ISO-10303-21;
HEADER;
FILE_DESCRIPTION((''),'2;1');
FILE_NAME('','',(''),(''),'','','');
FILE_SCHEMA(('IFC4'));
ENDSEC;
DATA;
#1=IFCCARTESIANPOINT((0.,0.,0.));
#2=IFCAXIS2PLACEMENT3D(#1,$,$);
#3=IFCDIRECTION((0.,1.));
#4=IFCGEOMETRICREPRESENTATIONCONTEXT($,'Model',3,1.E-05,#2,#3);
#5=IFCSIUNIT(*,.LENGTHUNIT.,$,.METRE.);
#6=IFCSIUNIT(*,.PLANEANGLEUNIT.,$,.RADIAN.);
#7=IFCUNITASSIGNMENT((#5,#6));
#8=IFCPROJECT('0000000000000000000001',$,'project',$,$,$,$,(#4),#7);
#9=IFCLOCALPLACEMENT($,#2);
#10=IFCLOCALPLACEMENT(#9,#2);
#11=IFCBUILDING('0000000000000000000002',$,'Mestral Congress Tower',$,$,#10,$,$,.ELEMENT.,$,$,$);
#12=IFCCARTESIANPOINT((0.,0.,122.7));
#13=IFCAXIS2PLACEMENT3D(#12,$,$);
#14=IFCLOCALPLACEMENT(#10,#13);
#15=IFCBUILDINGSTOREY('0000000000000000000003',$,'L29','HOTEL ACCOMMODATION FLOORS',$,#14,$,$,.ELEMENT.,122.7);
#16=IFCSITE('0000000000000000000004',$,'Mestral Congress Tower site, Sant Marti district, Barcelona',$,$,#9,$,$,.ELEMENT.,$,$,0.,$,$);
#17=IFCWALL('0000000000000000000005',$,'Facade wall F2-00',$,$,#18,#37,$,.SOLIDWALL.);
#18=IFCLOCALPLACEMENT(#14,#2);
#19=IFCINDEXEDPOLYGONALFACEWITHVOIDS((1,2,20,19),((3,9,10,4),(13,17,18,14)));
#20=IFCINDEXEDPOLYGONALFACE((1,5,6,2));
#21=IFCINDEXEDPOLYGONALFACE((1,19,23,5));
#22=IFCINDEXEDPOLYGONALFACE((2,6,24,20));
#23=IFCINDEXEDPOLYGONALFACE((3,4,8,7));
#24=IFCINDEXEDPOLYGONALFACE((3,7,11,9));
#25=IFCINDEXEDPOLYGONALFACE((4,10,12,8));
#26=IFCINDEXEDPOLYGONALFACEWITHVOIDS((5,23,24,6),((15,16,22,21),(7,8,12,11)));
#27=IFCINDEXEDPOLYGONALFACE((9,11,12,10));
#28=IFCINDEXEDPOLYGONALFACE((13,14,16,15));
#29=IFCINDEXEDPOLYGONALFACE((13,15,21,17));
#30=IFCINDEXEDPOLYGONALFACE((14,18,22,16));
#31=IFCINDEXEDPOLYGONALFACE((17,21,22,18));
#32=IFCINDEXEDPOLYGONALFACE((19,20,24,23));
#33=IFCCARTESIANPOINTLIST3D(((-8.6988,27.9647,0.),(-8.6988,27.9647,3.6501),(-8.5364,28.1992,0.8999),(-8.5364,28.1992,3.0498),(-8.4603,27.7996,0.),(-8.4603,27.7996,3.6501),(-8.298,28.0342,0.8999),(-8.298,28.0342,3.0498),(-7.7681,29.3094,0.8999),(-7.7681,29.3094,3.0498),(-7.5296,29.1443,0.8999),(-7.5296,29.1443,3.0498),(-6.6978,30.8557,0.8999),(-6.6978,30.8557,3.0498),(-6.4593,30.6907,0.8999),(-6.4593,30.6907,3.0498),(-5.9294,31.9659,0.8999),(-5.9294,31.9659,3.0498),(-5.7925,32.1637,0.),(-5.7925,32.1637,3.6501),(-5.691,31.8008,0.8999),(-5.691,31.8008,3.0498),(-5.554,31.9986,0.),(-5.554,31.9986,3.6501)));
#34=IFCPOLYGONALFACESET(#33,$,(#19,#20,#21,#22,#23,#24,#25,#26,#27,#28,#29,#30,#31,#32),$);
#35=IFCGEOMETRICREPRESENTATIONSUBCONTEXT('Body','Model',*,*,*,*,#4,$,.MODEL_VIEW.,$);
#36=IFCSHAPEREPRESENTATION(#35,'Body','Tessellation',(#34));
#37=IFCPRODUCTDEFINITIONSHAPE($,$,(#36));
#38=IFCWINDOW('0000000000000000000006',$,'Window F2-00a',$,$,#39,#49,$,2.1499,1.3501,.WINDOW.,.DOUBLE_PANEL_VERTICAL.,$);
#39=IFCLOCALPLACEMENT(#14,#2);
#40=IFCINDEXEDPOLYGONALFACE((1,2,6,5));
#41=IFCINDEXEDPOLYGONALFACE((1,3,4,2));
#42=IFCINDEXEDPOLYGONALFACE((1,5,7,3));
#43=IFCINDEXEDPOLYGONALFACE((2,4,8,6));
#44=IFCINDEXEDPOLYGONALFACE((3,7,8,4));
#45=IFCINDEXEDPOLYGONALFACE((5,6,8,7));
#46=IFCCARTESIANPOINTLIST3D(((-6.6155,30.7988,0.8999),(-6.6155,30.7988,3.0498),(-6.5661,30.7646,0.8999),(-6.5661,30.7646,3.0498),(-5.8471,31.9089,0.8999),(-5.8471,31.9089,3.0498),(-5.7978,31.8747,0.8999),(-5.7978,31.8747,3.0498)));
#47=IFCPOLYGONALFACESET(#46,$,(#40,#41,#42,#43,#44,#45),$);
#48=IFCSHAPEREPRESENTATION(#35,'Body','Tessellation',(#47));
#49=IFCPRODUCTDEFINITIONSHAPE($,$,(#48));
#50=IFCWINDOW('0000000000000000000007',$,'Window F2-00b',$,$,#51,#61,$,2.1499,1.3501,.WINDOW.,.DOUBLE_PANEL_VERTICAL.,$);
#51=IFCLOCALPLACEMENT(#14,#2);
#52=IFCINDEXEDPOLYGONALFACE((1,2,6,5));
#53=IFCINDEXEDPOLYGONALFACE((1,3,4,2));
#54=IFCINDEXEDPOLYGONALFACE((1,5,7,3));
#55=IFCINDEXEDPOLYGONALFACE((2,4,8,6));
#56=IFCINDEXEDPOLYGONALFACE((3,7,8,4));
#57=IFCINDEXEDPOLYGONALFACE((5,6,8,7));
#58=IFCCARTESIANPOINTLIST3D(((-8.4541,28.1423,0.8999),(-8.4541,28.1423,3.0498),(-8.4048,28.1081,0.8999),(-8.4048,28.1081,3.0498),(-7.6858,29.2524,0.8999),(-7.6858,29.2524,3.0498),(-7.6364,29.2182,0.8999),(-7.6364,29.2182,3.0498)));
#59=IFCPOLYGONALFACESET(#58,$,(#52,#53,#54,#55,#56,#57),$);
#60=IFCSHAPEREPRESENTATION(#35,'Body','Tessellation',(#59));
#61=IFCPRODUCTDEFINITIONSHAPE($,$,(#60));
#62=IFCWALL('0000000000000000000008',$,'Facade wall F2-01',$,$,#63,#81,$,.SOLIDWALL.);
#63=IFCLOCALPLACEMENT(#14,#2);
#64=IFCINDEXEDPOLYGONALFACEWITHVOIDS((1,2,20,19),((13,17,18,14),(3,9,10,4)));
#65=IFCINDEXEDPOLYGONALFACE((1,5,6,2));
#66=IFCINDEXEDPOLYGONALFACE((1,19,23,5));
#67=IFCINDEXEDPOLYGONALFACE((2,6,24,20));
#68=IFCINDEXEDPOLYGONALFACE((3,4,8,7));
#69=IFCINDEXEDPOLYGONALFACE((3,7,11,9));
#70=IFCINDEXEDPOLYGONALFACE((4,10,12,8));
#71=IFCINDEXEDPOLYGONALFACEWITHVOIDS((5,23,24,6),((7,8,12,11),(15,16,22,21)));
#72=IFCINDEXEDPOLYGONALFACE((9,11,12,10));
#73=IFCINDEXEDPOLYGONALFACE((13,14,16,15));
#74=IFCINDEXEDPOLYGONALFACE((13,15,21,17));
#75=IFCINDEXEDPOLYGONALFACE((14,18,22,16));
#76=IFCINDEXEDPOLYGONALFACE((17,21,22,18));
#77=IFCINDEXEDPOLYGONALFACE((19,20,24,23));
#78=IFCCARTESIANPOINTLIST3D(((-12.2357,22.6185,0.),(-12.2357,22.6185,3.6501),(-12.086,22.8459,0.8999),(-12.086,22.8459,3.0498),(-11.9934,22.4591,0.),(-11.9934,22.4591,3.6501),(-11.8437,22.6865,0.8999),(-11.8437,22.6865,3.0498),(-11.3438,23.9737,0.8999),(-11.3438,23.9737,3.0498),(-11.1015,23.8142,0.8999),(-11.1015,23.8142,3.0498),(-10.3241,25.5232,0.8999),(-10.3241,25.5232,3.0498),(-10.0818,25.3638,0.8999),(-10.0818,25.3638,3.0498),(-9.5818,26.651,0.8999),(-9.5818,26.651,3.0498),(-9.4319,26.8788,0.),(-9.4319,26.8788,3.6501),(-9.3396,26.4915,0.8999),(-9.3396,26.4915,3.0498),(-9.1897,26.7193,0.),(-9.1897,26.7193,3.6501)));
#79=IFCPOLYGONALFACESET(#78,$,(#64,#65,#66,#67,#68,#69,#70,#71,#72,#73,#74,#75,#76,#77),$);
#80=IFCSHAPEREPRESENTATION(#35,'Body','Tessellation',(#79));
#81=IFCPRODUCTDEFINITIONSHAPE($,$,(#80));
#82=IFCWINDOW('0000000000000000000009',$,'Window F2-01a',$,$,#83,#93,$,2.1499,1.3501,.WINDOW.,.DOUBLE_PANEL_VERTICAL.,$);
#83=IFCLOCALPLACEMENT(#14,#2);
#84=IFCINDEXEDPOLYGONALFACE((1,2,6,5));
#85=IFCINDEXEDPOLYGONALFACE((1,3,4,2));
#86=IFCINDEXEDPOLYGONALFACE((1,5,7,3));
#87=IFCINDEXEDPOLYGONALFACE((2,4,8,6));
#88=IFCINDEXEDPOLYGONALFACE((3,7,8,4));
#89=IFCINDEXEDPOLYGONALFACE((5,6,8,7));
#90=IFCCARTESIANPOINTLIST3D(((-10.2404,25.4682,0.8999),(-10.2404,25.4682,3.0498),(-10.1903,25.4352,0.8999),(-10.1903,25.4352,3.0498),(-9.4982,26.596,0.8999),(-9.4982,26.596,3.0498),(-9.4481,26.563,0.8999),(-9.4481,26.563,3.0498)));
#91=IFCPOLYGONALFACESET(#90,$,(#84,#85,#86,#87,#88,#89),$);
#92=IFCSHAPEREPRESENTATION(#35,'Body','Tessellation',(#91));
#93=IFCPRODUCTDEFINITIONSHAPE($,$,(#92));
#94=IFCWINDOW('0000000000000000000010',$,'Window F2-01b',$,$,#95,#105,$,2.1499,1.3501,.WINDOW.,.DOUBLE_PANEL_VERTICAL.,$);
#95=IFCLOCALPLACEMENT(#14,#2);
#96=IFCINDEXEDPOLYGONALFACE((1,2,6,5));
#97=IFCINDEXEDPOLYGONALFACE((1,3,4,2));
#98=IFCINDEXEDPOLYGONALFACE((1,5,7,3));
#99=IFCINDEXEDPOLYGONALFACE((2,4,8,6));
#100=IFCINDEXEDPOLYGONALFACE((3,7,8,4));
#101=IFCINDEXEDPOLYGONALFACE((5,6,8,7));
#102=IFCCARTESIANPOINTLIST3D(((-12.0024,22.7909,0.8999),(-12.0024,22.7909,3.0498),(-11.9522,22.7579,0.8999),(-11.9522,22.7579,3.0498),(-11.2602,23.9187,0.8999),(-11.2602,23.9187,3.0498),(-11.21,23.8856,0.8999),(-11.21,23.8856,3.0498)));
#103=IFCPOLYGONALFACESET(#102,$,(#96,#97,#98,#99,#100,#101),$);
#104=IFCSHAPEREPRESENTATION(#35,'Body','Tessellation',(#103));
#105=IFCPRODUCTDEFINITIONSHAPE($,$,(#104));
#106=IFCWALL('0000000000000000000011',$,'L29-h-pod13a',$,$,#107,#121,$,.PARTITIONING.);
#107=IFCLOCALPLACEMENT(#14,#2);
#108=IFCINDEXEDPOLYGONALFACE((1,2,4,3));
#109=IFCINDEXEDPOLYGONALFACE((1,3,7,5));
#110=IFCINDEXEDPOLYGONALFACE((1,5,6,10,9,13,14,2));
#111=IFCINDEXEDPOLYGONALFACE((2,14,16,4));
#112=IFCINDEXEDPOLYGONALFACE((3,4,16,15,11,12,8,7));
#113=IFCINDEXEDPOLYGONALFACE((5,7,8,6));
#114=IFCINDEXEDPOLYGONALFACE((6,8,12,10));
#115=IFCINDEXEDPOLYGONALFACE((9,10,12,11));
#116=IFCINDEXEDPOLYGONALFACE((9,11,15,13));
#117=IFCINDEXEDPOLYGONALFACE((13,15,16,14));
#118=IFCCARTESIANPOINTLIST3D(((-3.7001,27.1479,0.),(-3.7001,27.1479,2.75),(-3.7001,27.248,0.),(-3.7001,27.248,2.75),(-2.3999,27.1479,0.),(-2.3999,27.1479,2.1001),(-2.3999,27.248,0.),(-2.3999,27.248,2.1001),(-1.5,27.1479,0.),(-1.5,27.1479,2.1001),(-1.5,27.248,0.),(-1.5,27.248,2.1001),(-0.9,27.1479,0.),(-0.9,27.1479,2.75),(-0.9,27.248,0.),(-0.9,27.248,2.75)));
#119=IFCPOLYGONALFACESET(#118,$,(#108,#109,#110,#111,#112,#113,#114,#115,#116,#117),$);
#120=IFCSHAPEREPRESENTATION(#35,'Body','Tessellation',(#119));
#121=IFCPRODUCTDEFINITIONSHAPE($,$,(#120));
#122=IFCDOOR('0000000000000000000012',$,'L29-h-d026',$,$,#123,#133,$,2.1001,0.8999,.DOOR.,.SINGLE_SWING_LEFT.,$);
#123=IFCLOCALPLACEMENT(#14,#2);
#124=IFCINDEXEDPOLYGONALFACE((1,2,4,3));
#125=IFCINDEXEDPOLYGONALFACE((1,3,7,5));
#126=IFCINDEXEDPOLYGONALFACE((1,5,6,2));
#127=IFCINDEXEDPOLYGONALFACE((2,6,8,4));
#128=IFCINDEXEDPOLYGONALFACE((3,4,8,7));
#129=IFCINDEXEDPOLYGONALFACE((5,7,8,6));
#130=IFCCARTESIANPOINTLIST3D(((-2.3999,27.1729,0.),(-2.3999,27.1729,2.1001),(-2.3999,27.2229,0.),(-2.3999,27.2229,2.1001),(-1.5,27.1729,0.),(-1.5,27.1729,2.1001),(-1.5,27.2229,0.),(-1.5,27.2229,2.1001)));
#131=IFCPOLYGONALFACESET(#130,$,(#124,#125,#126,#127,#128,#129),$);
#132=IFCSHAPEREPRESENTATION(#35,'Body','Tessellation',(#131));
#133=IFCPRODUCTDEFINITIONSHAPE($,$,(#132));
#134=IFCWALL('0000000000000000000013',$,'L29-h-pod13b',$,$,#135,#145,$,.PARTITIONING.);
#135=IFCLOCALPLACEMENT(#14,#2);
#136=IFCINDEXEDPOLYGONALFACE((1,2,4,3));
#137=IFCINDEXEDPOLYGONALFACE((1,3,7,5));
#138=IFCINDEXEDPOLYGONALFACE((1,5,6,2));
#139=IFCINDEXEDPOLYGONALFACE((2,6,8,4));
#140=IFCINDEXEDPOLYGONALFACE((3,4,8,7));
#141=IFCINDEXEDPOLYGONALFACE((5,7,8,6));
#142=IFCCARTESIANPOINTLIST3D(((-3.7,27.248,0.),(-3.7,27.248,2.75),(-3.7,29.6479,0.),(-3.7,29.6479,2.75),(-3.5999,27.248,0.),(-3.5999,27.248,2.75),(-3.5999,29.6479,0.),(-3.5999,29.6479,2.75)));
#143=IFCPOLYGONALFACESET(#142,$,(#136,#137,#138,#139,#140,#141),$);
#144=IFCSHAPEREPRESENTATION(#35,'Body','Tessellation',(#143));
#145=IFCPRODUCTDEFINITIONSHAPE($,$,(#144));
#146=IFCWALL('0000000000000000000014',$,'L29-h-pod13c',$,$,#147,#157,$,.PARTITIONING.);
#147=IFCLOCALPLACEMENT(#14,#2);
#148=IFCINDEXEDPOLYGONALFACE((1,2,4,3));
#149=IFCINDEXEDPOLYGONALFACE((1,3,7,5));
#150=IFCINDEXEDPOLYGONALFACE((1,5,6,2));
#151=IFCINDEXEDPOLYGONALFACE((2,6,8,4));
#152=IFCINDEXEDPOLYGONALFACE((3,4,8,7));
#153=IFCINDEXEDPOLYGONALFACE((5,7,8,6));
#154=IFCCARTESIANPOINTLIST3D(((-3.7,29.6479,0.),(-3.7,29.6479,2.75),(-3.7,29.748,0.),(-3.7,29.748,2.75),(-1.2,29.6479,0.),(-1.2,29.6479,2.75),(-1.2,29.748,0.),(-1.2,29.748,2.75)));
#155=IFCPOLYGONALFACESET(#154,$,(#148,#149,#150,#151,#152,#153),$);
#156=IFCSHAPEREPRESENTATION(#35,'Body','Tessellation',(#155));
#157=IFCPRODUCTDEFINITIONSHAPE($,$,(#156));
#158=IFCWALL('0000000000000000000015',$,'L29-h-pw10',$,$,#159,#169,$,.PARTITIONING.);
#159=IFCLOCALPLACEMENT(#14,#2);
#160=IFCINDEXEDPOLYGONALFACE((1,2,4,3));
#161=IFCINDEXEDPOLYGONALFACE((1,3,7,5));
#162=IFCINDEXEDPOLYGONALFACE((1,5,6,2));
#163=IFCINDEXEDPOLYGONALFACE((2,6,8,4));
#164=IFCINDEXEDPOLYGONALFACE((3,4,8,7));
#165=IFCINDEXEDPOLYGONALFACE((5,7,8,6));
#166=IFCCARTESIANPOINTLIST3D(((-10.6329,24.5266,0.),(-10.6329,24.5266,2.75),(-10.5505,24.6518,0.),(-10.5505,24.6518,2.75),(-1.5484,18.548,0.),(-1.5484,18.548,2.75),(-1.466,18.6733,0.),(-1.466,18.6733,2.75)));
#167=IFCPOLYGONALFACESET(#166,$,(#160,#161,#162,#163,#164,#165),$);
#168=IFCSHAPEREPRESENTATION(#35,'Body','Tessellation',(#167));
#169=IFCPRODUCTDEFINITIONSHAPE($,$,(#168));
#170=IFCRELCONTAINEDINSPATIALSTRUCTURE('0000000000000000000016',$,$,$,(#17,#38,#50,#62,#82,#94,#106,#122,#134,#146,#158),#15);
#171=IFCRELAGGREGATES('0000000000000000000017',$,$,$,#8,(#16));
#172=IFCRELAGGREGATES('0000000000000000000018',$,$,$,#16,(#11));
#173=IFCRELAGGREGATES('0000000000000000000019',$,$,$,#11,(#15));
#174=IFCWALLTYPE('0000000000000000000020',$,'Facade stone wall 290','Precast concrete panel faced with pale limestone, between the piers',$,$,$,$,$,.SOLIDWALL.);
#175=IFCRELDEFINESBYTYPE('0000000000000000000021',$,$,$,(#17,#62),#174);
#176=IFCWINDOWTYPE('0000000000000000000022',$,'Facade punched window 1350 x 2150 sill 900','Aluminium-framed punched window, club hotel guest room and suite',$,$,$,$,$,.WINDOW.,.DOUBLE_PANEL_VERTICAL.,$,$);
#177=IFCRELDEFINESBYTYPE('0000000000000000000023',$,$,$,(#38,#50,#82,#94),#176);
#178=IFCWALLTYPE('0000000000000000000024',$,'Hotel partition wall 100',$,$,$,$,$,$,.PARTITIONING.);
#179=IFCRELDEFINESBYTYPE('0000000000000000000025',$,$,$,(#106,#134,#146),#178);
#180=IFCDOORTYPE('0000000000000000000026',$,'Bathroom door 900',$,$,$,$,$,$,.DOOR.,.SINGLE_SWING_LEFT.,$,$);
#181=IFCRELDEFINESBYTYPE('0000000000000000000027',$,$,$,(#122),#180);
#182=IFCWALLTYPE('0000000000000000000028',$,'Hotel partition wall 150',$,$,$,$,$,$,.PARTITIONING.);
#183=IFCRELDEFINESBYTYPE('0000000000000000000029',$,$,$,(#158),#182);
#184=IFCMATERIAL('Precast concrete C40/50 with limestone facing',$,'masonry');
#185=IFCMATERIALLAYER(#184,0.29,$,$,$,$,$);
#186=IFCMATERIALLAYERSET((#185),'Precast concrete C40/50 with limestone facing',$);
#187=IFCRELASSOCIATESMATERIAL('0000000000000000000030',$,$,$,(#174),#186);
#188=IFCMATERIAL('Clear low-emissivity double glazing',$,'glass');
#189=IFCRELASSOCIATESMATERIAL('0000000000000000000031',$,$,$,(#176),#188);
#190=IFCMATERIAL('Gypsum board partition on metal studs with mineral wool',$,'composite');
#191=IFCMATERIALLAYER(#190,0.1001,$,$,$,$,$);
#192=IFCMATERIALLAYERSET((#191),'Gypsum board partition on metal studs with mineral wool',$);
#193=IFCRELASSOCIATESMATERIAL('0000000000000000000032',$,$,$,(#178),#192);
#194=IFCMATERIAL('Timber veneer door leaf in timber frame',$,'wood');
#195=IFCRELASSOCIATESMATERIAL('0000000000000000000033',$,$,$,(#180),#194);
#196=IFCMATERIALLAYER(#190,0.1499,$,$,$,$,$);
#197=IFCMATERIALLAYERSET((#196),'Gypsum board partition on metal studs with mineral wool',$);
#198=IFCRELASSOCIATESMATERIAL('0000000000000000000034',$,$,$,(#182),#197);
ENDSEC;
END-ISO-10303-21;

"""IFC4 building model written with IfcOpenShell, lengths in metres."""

from ifc_helpers import new_model, si_unit, direction, frame, frame_2d, origin, place, context, subcontext, project, spatial, rectangle, extrude, material, layer, layer_set, type_object, element, fill, save


model = new_model("IFC4")

# Units and contexts
model_context = context("Model", 3, precision=1e-05, world=origin(), true_north=direction((0.0, 1.0)))
body_context = subcontext(model_context, "Body", "Model", "MODEL_VIEW")
ifc_project = project(units=[si_unit("LENGTHUNIT", "METRE"), si_unit("PLANEANGLEUNIT", "RADIAN")], contexts=[model_context])

# Site, building, storey
site_placement = place(None, origin())
site = spatial("IfcSite", under=ifc_project, at=site_placement, Name="Mestral Congress Tower site, Sant Marti district, Barcelona", CompositionType="ELEMENT", RefElevation=0.0)
building_placement = place(site_placement, origin())
building = spatial("IfcBuilding", under=site, at=building_placement, Name="Mestral Congress Tower", CompositionType="ELEMENT")
storey_placement = place(building_placement, frame((0.0, 0.0, 122.7)))
storey = spatial("IfcBuildingStorey", under=building, at=storey_placement, Name="L29", Description="HOTEL ACCOMMODATION FLOORS", CompositionType="ELEMENT", Elevation=122.7)

# Shared definitions
ifc_material_1 = material(Name="Precast concrete C40/50 with limestone facing", Category="masonry")
ifc_layer_1 = layer(ifc_material_1, 0.29)
ifc_layer_set_1 = layer_set([ifc_layer_1], Name="Precast concrete C40/50 with limestone facing")
wall_type_1 = type_object("IfcWallType", Name="Facade stone wall 290", Description="Precast concrete panel faced with pale limestone, between the piers", PredefinedType="SOLIDWALL", material=ifc_layer_set_1)

# Shared definitions
ifc_material_2 = material(Name="Clear low-emissivity double glazing", Category="glass")

# Walls, openings, windows
wall_1_placement = place(storey_placement, frame((-5.6733, 32.0811, 0.0), z_axis=(0.0, 0.0, 1.0), x_axis=(-0.569113, -0.822259, 0.0)))
wall_1 = element("IfcWall", 1, at=wall_1_placement, inside=storey, type_object=wall_type_1, Name="Facade wall F2-00", PredefinedType="SOLIDWALL", context=body_context, shape_type="SweptSolid", body=[
    extrude(rectangle(XDim=5.1067, YDim=0.29, at=frame_2d((2.5532, 0.0))), origin(), (0.0, 0.0, 1.0), 3.6501),
])
opening_1_placement = place(wall_1_placement, frame((0.2405, 0.0, 0.8999)))
opening_1 = element("IfcOpeningElement", 2, at=opening_1_placement, cuts=wall_1, PredefinedType="OPENING", context=body_context, shape_type="SweptSolid", body=[
    extrude(rectangle(XDim=1.3501, YDim=2.1499, at=frame_2d((0.675, 1.075))), frame((0.0, 0.155, 0.0), z_axis=(0.0, -1.0, 0.0), x_axis=(1.0, 0.0, 0.0)), (0.0, 0.0, 1.0), 0.3101),
])
opening_2_placement = place(wall_1_placement, frame((3.4712, 0.0, 0.8999)))
opening_2 = element("IfcOpeningElement", 3, at=opening_2_placement, cuts=wall_1, PredefinedType="OPENING", context=body_context, shape_type="SweptSolid", body=[
    extrude(rectangle(XDim=1.3501, YDim=2.1499, at=frame_2d((0.675, 1.075))), frame((0.0, 0.155, 0.0), z_axis=(0.0, -1.0, 0.0), x_axis=(1.0, 0.0, 0.0)), (0.0, 0.0, 1.0), 0.3101),
])
window_type_1 = type_object("IfcWindowType", Name="Facade punched window 1350 x 2150 sill 900", Description="Aluminium-framed punched window, club hotel guest room and suite", PartitioningType="DOUBLE_PANEL_VERTICAL", PredefinedType="WINDOW", material=ifc_material_2)
window_1_placement = place(opening_1_placement, origin())
window_1 = element("IfcWindow", 4, at=window_1_placement, inside=storey, type_object=window_type_1, Name="Window F2-00a", OverallHeight=2.1499, OverallWidth=1.3501, PartitioningType="DOUBLE_PANEL_VERTICAL", PredefinedType="WINDOW", context=body_context, shape_type="SweptSolid", body=[
    extrude(rectangle(XDim=1.3501, YDim=2.1499, at=frame_2d((0.675, 1.075))), frame((0.0, 0.0151, 0.0), z_axis=(0.0, -1.0, 0.0), x_axis=(1.0, 0.0, 0.0)), (0.0, 0.0, 1.0), 0.0601),
])
fill(opening_1, window_1)
window_2_placement = place(opening_2_placement, origin())
window_2 = element("IfcWindow", 5, at=window_2_placement, inside=storey, type_object=window_type_1, Name="Window F2-00b", OverallHeight=2.1499, OverallWidth=1.3501, PartitioningType="DOUBLE_PANEL_VERTICAL", PredefinedType="WINDOW", context=body_context, shape_type="SweptSolid", body=[
    extrude(rectangle(XDim=1.3501, YDim=2.1499, at=frame_2d((0.675, 1.075))), frame((0.0, 0.0151, 0.0), z_axis=(0.0, -1.0, 0.0), x_axis=(1.0, 0.0, 0.0)), (0.0, 0.0, 1.0), 0.0601),
])
fill(opening_2, window_2)
wall_2_placement = place(storey_placement, frame((-9.3108, 26.7991, 0.0), z_axis=(0.0, 0.0, 1.0), x_axis=(-0.549741, -0.835335, 0.0)))
wall_2 = element("IfcWall", 6, at=wall_2_placement, inside=storey, type_object=wall_type_1, Name="Facade wall F2-01", PredefinedType="SOLIDWALL", context=body_context, shape_type="SweptSolid", body=[
    extrude(rectangle(XDim=5.1001, YDim=0.29, at=frame_2d((2.55, 0.0))), origin(), (0.0, 0.0, 1.0), 3.6501),
])
opening_3_placement = place(wall_2_placement, frame((0.2727, 0.0, 0.8999)))
opening_3 = element("IfcOpeningElement", 7, at=opening_3_placement, cuts=wall_2, PredefinedType="OPENING", context=body_context, shape_type="SweptSolid", body=[
    extrude(rectangle(XDim=1.3501, YDim=2.1499, at=frame_2d((0.675, 1.075))), frame((0.0, 0.155, 0.0), z_axis=(0.0, -1.0, 0.0), x_axis=(1.0, 0.0, 0.0)), (0.0, 0.0, 1.0), 0.3101),
])
opening_4_placement = place(wall_2_placement, frame((3.4778, 0.0, 0.8999)))
opening_4 = element("IfcOpeningElement", 8, at=opening_4_placement, cuts=wall_2, PredefinedType="OPENING", context=body_context, shape_type="SweptSolid", body=[
    extrude(rectangle(XDim=1.3501, YDim=2.1499, at=frame_2d((0.675, 1.075))), frame((0.0, 0.155, 0.0), z_axis=(0.0, -1.0, 0.0), x_axis=(1.0, 0.0, 0.0)), (0.0, 0.0, 1.0), 0.3101),
])
window_3_placement = place(opening_3_placement, origin())
window_3 = element("IfcWindow", 9, at=window_3_placement, inside=storey, type_object=window_type_1, Name="Window F2-01a", OverallHeight=2.1499, OverallWidth=1.3501, PartitioningType="DOUBLE_PANEL_VERTICAL", PredefinedType="WINDOW", context=body_context, shape_type="SweptSolid", body=[
    extrude(rectangle(XDim=1.3501, YDim=2.1499, at=frame_2d((0.675, 1.075))), frame((0.0, 0.0151, 0.0), z_axis=(0.0, -1.0, 0.0), x_axis=(1.0, 0.0, 0.0)), (0.0, 0.0, 1.0), 0.0601),
])
fill(opening_3, window_3)
window_4_placement = place(opening_4_placement, origin())
window_4 = element("IfcWindow", 10, at=window_4_placement, inside=storey, type_object=window_type_1, Name="Window F2-01b", OverallHeight=2.1499, OverallWidth=1.3501, PartitioningType="DOUBLE_PANEL_VERTICAL", PredefinedType="WINDOW", context=body_context, shape_type="SweptSolid", body=[
    extrude(rectangle(XDim=1.3501, YDim=2.1499, at=frame_2d((0.675, 1.075))), frame((0.0, 0.0151, 0.0), z_axis=(0.0, -1.0, 0.0), x_axis=(1.0, 0.0, 0.0)), (0.0, 0.0, 1.0), 0.0601),
])
fill(opening_4, window_4)

# Wall, opening, door
ifc_material_3 = material(Name="Gypsum board partition on metal studs with mineral wool", Category="composite")
ifc_layer_2 = layer(ifc_material_3, 0.1001)
ifc_layer_set_2 = layer_set([ifc_layer_2], Name="Gypsum board partition on metal studs with mineral wool")
wall_type_2 = type_object("IfcWallType", Name="Hotel partition wall 100", PredefinedType="PARTITIONING", material=ifc_layer_set_2)
wall_3_placement = place(storey_placement, frame((-3.7, 27.198, 0.0), z_axis=(0.0, 0.0, 1.0), x_axis=(1.0, 0.0, 0.0)))
wall_3 = element("IfcWall", 11, at=wall_3_placement, inside=storey, type_object=wall_type_2, Name="L29-h-pod13a", PredefinedType="PARTITIONING", context=body_context, shape_type="SweptSolid", body=[
    extrude(rectangle(XDim=2.8, YDim=0.1001, at=frame_2d((1.3999, 0.0))), origin(), (0.0, 0.0, 1.0), 2.75),
])
opening_5_placement = place(wall_3_placement, frame((1.3, 0.0, 0.0)))
opening_5 = element("IfcOpeningElement", 12, at=opening_5_placement, cuts=wall_3, PredefinedType="OPENING", context=body_context, shape_type="SweptSolid", body=[
    extrude(rectangle(XDim=0.8999, YDim=2.1001, at=frame_2d((0.45, 1.05))), frame((0.0, 0.0601, 0.0), z_axis=(0.0, -1.0, 0.0), x_axis=(1.0, 0.0, 0.0)), (0.0, 0.0, 1.0), 0.1201),
])
ifc_material_4 = material(Name="Timber veneer door leaf in timber frame", Category="wood")
door_type = type_object("IfcDoorType", Name="Bathroom door 900", OperationType="SINGLE_SWING_LEFT", PredefinedType="DOOR", material=ifc_material_4)
door_placement = place(opening_5_placement, origin())
door = element("IfcDoor", 13, at=door_placement, inside=storey, type_object=door_type, Name="L29-h-d026", OperationType="SINGLE_SWING_LEFT", OverallHeight=2.1001, OverallWidth=0.8999, PredefinedType="DOOR", context=body_context, shape_type="SweptSolid", body=[
    extrude(rectangle(XDim=0.8999, YDim=2.1001, at=frame_2d((0.45, 1.05))), frame((0.0, 0.0249, 0.0), z_axis=(0.0, -1.0, 0.0), x_axis=(1.0, 0.0, 0.0)), (0.0, 0.0, 1.0), 0.05),
])
fill(opening_5, door)

# Walls
wall_4_placement = place(storey_placement, frame((-3.6499, 27.248, 0.0), z_axis=(0.0, 0.0, 1.0), x_axis=(0.0, 1.0, 0.0)))
element("IfcWall", 14, at=wall_4_placement, inside=storey, type_object=wall_type_2, Name="L29-h-pod13b", PredefinedType="PARTITIONING", context=body_context, shape_type="SweptSolid", body=[
    extrude(rectangle(XDim=2.3999, YDim=0.1001, at=frame_2d((1.2, 0.0))), origin(), (0.0, 0.0, 1.0), 2.75),
])
wall_5_placement = place(storey_placement, frame((-1.2, 29.698, 0.0), z_axis=(0.0, 0.0, 1.0), x_axis=(-1.0, 0.0, 0.0)))
element("IfcWall", 15, at=wall_5_placement, inside=storey, type_object=wall_type_2, Name="L29-h-pod13c", PredefinedType="PARTITIONING", context=body_context, shape_type="SweptSolid", body=[
    extrude(rectangle(XDim=2.5, YDim=0.1001, at=frame_2d((1.25, 0.0))), origin(), (0.0, 0.0, 1.0), 2.75),
])
ifc_layer_3 = layer(ifc_material_3, 0.1499)
ifc_layer_set_3 = layer_set([ifc_layer_3], Name="Gypsum board partition on metal studs with mineral wool")
wall_type_3 = type_object("IfcWallType", Name="Hotel partition wall 150", PredefinedType="PARTITIONING", material=ifc_layer_set_3)
wall_6_placement = place(storey_placement, frame((-10.5916, 24.5891, 0.0), z_axis=(0.0, 0.0, 1.0), x_axis=(0.835337, -0.549738, 0.0)))
element("IfcWall", 16, at=wall_6_placement, inside=storey, type_object=wall_type_3, Name="L29-h-pw10", PredefinedType="PARTITIONING", context=body_context, shape_type="SweptSolid", body=[
    extrude(rectangle(XDim=10.8752, YDim=0.1499, at=frame_2d((5.4375, 0.0))), origin(), (0.0, 0.0, 1.0), 2.75),
])

save(model, "model.ifc")
